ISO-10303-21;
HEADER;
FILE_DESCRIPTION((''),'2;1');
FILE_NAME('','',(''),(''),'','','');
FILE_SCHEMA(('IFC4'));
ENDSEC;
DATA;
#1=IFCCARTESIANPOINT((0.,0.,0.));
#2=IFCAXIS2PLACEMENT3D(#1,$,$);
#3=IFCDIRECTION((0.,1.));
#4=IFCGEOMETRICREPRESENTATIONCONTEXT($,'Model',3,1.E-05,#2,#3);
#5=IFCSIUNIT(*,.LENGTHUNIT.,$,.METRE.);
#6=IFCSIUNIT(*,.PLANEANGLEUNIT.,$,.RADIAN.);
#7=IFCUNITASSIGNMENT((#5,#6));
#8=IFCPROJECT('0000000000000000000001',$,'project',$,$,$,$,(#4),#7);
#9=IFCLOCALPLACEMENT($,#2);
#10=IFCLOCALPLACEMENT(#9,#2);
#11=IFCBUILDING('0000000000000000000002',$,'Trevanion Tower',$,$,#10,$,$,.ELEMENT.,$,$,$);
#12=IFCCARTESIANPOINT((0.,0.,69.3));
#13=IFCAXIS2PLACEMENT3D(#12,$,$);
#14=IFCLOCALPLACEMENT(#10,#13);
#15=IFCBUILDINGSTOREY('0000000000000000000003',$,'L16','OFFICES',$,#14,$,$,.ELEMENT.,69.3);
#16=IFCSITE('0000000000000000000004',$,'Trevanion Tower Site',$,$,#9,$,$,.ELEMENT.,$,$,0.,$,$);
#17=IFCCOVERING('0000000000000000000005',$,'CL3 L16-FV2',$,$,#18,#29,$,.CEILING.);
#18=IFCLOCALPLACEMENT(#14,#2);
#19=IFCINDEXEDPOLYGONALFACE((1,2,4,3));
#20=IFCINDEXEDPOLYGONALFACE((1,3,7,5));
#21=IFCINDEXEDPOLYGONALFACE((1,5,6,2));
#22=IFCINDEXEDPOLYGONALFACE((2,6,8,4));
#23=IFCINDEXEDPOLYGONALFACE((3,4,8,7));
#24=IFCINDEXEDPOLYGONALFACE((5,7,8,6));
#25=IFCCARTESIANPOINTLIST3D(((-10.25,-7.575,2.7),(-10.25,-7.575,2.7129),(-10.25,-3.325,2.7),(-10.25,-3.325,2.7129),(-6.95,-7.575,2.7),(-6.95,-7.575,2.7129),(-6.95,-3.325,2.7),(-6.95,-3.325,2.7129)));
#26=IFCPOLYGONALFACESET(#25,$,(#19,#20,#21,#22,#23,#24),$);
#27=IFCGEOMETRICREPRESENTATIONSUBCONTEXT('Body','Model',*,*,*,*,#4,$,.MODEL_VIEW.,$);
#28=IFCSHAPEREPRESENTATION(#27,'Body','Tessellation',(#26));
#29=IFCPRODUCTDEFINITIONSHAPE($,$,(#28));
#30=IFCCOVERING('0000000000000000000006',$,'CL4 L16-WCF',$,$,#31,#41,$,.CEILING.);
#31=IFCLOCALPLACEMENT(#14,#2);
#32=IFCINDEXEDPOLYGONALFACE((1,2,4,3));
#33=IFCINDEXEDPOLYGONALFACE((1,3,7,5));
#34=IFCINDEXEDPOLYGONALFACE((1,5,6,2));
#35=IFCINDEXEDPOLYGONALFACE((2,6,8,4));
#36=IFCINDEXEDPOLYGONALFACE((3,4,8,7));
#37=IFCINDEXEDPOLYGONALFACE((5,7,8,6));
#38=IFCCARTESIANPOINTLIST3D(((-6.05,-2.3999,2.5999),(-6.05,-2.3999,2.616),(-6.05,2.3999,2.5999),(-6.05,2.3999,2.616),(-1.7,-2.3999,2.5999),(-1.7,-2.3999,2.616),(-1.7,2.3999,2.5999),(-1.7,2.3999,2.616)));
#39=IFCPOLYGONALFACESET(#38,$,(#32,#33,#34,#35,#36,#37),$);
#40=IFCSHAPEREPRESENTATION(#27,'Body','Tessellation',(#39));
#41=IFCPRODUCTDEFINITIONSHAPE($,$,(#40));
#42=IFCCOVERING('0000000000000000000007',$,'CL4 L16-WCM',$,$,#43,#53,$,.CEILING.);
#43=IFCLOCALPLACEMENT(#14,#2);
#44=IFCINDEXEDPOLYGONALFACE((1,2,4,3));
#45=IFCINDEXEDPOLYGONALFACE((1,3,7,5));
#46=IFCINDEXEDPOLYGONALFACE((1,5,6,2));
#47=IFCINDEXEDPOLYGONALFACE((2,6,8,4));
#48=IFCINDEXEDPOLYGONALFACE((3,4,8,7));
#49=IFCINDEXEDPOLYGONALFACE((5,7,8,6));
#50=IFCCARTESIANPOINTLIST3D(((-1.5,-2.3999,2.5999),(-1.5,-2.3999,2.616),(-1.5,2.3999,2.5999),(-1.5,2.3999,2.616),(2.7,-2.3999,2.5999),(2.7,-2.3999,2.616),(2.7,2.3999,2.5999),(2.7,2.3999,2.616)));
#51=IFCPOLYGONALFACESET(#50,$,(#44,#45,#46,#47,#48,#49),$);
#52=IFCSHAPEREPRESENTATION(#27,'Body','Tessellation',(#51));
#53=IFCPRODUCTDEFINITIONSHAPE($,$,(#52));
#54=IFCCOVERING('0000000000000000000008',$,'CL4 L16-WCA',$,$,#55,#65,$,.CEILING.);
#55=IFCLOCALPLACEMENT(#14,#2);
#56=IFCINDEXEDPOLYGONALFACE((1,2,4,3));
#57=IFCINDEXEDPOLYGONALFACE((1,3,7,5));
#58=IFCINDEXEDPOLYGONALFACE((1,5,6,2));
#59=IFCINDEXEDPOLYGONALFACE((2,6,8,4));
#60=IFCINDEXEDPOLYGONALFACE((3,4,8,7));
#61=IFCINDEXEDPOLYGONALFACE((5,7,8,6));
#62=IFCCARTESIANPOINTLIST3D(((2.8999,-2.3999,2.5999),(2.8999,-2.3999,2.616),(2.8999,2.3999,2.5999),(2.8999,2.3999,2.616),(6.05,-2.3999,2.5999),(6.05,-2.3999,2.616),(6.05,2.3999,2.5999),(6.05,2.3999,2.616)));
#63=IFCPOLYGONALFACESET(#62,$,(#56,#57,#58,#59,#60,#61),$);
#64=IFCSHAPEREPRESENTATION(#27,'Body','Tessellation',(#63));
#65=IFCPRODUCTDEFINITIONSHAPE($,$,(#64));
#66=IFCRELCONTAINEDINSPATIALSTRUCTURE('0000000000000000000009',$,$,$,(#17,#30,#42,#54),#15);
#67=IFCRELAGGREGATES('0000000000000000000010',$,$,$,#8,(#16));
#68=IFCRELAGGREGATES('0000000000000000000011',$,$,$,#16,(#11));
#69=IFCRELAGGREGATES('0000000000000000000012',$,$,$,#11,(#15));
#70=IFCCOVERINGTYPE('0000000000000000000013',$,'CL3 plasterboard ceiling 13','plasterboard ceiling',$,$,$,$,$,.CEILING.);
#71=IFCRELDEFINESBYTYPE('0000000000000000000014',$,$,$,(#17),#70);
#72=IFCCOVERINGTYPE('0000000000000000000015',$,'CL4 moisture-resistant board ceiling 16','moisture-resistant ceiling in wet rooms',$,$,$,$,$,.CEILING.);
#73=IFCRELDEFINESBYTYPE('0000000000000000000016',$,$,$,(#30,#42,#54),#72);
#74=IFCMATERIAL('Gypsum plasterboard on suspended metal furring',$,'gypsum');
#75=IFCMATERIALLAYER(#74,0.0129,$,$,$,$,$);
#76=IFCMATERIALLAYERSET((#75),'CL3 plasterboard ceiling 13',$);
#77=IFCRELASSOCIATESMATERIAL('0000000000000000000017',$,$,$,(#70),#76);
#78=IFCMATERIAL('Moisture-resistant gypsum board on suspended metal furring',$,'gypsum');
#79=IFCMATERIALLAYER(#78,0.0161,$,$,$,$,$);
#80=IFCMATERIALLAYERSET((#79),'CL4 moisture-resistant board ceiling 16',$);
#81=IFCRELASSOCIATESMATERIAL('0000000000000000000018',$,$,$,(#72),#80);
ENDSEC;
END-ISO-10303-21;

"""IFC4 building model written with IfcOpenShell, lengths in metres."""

from ifc_helpers import new_model, si_unit, direction, frame, origin, place, context, subcontext, project, spatial, polyline, outline, extrude, material, layer, layer_set, type_object, element, save


model = new_model("IFC4")

# Units and contexts
model_context = context("Model", 3, precision=1e-05, world=origin(), true_north=direction((0.0, 1.0)))
body_context = subcontext(model_context, "Body", "Model", "MODEL_VIEW")
ifc_project = project(units=[si_unit("LENGTHUNIT", "METRE"), si_unit("PLANEANGLEUNIT", "RADIAN")], contexts=[model_context])

# Site, building, storey
site_placement = place(None, origin())
site = spatial("IfcSite", under=ifc_project, at=site_placement, Name="Trevanion Tower Site", CompositionType="ELEMENT", RefElevation=0.0)
building_placement = place(site_placement, origin())
building = spatial("IfcBuilding", under=site, at=building_placement, Name="Trevanion Tower", CompositionType="ELEMENT")
storey_placement = place(building_placement, frame((0.0, 0.0, 69.3)))
storey = spatial("IfcBuildingStorey", under=building, at=storey_placement, Name="L16", Description="OFFICES", CompositionType="ELEMENT", Elevation=69.3)

# Coverings
ifc_material_1 = material(Name="Gypsum plasterboard on suspended metal furring", Category="gypsum")
ifc_layer_1 = layer(ifc_material_1, 0.0129)
ifc_layer_set_1 = layer_set([ifc_layer_1], Name="CL3 plasterboard ceiling 13")
covering_type_1 = type_object("IfcCoveringType", Name="CL3 plasterboard ceiling 13", Description="plasterboard ceiling", PredefinedType="CEILING", material=ifc_layer_set_1)
covering_1_placement = place(storey_placement, frame((0.0, 0.0, 2.7)))
element("IfcCovering", 1, at=covering_1_placement, inside=storey, type_object=covering_type_1, Name="CL3 L16-FV2", PredefinedType="CEILING", context=body_context, shape_type="SweptSolid", body=[
    extrude(outline(polyline([(-10.25, -3.325), (-10.25, -7.575), (-6.95, -7.575), (-6.95, -3.325), (-10.25, -3.325)])), origin(), (0.0, 0.0, 1.0), 0.0129),
])
ifc_material_2 = material(Name="Moisture-resistant gypsum board on suspended metal furring", Category="gypsum")
ifc_layer_2 = layer(ifc_material_2, 0.0161)
ifc_layer_set_2 = layer_set([ifc_layer_2], Name="CL4 moisture-resistant board ceiling 16")
covering_type_2 = type_object("IfcCoveringType", Name="CL4 moisture-resistant board ceiling 16", Description="moisture-resistant ceiling in wet rooms", PredefinedType="CEILING", material=ifc_layer_set_2)
covering_2_placement = place(storey_placement, frame((0.0, 0.0, 2.5999)))
element("IfcCovering", 2, at=covering_2_placement, inside=storey, type_object=covering_type_2, Name="CL4 L16-WCF", PredefinedType="CEILING", context=body_context, shape_type="SweptSolid", body=[
    extrude(outline(polyline([(-1.7, -2.3999), (-1.7, 2.3999), (-6.05, 2.3999), (-6.05, -2.3999), (-1.7, -2.3999)])), origin(), (0.0, 0.0, 1.0), 0.0161),
])
covering_3_placement = place(storey_placement, frame((0.0, 0.0, 2.5999)))
element("IfcCovering", 3, at=covering_3_placement, inside=storey, type_object=covering_type_2, Name="CL4 L16-WCM", PredefinedType="CEILING", context=body_context, shape_type="SweptSolid", body=[
    extrude(outline(polyline([(2.7, -2.3999), (2.7, 2.3999), (-1.5, 2.3999), (-1.5, -2.3999), (2.7, -2.3999)])), origin(), (0.0, 0.0, 1.0), 0.0161),
])
covering_4_placement = place(storey_placement, frame((0.0, 0.0, 2.5999)))
element("IfcCovering", 4, at=covering_4_placement, inside=storey, type_object=covering_type_2, Name="CL4 L16-WCA", PredefinedType="CEILING", context=body_context, shape_type="SweptSolid", body=[
    extrude(outline(polyline([(6.05, -2.3999), (6.05, 2.3999), (2.8999, 2.3999), (2.8999, -2.3999), (6.05, -2.3999)])), origin(), (0.0, 0.0, 1.0), 0.0161),
])

save(model, "model.ifc")
